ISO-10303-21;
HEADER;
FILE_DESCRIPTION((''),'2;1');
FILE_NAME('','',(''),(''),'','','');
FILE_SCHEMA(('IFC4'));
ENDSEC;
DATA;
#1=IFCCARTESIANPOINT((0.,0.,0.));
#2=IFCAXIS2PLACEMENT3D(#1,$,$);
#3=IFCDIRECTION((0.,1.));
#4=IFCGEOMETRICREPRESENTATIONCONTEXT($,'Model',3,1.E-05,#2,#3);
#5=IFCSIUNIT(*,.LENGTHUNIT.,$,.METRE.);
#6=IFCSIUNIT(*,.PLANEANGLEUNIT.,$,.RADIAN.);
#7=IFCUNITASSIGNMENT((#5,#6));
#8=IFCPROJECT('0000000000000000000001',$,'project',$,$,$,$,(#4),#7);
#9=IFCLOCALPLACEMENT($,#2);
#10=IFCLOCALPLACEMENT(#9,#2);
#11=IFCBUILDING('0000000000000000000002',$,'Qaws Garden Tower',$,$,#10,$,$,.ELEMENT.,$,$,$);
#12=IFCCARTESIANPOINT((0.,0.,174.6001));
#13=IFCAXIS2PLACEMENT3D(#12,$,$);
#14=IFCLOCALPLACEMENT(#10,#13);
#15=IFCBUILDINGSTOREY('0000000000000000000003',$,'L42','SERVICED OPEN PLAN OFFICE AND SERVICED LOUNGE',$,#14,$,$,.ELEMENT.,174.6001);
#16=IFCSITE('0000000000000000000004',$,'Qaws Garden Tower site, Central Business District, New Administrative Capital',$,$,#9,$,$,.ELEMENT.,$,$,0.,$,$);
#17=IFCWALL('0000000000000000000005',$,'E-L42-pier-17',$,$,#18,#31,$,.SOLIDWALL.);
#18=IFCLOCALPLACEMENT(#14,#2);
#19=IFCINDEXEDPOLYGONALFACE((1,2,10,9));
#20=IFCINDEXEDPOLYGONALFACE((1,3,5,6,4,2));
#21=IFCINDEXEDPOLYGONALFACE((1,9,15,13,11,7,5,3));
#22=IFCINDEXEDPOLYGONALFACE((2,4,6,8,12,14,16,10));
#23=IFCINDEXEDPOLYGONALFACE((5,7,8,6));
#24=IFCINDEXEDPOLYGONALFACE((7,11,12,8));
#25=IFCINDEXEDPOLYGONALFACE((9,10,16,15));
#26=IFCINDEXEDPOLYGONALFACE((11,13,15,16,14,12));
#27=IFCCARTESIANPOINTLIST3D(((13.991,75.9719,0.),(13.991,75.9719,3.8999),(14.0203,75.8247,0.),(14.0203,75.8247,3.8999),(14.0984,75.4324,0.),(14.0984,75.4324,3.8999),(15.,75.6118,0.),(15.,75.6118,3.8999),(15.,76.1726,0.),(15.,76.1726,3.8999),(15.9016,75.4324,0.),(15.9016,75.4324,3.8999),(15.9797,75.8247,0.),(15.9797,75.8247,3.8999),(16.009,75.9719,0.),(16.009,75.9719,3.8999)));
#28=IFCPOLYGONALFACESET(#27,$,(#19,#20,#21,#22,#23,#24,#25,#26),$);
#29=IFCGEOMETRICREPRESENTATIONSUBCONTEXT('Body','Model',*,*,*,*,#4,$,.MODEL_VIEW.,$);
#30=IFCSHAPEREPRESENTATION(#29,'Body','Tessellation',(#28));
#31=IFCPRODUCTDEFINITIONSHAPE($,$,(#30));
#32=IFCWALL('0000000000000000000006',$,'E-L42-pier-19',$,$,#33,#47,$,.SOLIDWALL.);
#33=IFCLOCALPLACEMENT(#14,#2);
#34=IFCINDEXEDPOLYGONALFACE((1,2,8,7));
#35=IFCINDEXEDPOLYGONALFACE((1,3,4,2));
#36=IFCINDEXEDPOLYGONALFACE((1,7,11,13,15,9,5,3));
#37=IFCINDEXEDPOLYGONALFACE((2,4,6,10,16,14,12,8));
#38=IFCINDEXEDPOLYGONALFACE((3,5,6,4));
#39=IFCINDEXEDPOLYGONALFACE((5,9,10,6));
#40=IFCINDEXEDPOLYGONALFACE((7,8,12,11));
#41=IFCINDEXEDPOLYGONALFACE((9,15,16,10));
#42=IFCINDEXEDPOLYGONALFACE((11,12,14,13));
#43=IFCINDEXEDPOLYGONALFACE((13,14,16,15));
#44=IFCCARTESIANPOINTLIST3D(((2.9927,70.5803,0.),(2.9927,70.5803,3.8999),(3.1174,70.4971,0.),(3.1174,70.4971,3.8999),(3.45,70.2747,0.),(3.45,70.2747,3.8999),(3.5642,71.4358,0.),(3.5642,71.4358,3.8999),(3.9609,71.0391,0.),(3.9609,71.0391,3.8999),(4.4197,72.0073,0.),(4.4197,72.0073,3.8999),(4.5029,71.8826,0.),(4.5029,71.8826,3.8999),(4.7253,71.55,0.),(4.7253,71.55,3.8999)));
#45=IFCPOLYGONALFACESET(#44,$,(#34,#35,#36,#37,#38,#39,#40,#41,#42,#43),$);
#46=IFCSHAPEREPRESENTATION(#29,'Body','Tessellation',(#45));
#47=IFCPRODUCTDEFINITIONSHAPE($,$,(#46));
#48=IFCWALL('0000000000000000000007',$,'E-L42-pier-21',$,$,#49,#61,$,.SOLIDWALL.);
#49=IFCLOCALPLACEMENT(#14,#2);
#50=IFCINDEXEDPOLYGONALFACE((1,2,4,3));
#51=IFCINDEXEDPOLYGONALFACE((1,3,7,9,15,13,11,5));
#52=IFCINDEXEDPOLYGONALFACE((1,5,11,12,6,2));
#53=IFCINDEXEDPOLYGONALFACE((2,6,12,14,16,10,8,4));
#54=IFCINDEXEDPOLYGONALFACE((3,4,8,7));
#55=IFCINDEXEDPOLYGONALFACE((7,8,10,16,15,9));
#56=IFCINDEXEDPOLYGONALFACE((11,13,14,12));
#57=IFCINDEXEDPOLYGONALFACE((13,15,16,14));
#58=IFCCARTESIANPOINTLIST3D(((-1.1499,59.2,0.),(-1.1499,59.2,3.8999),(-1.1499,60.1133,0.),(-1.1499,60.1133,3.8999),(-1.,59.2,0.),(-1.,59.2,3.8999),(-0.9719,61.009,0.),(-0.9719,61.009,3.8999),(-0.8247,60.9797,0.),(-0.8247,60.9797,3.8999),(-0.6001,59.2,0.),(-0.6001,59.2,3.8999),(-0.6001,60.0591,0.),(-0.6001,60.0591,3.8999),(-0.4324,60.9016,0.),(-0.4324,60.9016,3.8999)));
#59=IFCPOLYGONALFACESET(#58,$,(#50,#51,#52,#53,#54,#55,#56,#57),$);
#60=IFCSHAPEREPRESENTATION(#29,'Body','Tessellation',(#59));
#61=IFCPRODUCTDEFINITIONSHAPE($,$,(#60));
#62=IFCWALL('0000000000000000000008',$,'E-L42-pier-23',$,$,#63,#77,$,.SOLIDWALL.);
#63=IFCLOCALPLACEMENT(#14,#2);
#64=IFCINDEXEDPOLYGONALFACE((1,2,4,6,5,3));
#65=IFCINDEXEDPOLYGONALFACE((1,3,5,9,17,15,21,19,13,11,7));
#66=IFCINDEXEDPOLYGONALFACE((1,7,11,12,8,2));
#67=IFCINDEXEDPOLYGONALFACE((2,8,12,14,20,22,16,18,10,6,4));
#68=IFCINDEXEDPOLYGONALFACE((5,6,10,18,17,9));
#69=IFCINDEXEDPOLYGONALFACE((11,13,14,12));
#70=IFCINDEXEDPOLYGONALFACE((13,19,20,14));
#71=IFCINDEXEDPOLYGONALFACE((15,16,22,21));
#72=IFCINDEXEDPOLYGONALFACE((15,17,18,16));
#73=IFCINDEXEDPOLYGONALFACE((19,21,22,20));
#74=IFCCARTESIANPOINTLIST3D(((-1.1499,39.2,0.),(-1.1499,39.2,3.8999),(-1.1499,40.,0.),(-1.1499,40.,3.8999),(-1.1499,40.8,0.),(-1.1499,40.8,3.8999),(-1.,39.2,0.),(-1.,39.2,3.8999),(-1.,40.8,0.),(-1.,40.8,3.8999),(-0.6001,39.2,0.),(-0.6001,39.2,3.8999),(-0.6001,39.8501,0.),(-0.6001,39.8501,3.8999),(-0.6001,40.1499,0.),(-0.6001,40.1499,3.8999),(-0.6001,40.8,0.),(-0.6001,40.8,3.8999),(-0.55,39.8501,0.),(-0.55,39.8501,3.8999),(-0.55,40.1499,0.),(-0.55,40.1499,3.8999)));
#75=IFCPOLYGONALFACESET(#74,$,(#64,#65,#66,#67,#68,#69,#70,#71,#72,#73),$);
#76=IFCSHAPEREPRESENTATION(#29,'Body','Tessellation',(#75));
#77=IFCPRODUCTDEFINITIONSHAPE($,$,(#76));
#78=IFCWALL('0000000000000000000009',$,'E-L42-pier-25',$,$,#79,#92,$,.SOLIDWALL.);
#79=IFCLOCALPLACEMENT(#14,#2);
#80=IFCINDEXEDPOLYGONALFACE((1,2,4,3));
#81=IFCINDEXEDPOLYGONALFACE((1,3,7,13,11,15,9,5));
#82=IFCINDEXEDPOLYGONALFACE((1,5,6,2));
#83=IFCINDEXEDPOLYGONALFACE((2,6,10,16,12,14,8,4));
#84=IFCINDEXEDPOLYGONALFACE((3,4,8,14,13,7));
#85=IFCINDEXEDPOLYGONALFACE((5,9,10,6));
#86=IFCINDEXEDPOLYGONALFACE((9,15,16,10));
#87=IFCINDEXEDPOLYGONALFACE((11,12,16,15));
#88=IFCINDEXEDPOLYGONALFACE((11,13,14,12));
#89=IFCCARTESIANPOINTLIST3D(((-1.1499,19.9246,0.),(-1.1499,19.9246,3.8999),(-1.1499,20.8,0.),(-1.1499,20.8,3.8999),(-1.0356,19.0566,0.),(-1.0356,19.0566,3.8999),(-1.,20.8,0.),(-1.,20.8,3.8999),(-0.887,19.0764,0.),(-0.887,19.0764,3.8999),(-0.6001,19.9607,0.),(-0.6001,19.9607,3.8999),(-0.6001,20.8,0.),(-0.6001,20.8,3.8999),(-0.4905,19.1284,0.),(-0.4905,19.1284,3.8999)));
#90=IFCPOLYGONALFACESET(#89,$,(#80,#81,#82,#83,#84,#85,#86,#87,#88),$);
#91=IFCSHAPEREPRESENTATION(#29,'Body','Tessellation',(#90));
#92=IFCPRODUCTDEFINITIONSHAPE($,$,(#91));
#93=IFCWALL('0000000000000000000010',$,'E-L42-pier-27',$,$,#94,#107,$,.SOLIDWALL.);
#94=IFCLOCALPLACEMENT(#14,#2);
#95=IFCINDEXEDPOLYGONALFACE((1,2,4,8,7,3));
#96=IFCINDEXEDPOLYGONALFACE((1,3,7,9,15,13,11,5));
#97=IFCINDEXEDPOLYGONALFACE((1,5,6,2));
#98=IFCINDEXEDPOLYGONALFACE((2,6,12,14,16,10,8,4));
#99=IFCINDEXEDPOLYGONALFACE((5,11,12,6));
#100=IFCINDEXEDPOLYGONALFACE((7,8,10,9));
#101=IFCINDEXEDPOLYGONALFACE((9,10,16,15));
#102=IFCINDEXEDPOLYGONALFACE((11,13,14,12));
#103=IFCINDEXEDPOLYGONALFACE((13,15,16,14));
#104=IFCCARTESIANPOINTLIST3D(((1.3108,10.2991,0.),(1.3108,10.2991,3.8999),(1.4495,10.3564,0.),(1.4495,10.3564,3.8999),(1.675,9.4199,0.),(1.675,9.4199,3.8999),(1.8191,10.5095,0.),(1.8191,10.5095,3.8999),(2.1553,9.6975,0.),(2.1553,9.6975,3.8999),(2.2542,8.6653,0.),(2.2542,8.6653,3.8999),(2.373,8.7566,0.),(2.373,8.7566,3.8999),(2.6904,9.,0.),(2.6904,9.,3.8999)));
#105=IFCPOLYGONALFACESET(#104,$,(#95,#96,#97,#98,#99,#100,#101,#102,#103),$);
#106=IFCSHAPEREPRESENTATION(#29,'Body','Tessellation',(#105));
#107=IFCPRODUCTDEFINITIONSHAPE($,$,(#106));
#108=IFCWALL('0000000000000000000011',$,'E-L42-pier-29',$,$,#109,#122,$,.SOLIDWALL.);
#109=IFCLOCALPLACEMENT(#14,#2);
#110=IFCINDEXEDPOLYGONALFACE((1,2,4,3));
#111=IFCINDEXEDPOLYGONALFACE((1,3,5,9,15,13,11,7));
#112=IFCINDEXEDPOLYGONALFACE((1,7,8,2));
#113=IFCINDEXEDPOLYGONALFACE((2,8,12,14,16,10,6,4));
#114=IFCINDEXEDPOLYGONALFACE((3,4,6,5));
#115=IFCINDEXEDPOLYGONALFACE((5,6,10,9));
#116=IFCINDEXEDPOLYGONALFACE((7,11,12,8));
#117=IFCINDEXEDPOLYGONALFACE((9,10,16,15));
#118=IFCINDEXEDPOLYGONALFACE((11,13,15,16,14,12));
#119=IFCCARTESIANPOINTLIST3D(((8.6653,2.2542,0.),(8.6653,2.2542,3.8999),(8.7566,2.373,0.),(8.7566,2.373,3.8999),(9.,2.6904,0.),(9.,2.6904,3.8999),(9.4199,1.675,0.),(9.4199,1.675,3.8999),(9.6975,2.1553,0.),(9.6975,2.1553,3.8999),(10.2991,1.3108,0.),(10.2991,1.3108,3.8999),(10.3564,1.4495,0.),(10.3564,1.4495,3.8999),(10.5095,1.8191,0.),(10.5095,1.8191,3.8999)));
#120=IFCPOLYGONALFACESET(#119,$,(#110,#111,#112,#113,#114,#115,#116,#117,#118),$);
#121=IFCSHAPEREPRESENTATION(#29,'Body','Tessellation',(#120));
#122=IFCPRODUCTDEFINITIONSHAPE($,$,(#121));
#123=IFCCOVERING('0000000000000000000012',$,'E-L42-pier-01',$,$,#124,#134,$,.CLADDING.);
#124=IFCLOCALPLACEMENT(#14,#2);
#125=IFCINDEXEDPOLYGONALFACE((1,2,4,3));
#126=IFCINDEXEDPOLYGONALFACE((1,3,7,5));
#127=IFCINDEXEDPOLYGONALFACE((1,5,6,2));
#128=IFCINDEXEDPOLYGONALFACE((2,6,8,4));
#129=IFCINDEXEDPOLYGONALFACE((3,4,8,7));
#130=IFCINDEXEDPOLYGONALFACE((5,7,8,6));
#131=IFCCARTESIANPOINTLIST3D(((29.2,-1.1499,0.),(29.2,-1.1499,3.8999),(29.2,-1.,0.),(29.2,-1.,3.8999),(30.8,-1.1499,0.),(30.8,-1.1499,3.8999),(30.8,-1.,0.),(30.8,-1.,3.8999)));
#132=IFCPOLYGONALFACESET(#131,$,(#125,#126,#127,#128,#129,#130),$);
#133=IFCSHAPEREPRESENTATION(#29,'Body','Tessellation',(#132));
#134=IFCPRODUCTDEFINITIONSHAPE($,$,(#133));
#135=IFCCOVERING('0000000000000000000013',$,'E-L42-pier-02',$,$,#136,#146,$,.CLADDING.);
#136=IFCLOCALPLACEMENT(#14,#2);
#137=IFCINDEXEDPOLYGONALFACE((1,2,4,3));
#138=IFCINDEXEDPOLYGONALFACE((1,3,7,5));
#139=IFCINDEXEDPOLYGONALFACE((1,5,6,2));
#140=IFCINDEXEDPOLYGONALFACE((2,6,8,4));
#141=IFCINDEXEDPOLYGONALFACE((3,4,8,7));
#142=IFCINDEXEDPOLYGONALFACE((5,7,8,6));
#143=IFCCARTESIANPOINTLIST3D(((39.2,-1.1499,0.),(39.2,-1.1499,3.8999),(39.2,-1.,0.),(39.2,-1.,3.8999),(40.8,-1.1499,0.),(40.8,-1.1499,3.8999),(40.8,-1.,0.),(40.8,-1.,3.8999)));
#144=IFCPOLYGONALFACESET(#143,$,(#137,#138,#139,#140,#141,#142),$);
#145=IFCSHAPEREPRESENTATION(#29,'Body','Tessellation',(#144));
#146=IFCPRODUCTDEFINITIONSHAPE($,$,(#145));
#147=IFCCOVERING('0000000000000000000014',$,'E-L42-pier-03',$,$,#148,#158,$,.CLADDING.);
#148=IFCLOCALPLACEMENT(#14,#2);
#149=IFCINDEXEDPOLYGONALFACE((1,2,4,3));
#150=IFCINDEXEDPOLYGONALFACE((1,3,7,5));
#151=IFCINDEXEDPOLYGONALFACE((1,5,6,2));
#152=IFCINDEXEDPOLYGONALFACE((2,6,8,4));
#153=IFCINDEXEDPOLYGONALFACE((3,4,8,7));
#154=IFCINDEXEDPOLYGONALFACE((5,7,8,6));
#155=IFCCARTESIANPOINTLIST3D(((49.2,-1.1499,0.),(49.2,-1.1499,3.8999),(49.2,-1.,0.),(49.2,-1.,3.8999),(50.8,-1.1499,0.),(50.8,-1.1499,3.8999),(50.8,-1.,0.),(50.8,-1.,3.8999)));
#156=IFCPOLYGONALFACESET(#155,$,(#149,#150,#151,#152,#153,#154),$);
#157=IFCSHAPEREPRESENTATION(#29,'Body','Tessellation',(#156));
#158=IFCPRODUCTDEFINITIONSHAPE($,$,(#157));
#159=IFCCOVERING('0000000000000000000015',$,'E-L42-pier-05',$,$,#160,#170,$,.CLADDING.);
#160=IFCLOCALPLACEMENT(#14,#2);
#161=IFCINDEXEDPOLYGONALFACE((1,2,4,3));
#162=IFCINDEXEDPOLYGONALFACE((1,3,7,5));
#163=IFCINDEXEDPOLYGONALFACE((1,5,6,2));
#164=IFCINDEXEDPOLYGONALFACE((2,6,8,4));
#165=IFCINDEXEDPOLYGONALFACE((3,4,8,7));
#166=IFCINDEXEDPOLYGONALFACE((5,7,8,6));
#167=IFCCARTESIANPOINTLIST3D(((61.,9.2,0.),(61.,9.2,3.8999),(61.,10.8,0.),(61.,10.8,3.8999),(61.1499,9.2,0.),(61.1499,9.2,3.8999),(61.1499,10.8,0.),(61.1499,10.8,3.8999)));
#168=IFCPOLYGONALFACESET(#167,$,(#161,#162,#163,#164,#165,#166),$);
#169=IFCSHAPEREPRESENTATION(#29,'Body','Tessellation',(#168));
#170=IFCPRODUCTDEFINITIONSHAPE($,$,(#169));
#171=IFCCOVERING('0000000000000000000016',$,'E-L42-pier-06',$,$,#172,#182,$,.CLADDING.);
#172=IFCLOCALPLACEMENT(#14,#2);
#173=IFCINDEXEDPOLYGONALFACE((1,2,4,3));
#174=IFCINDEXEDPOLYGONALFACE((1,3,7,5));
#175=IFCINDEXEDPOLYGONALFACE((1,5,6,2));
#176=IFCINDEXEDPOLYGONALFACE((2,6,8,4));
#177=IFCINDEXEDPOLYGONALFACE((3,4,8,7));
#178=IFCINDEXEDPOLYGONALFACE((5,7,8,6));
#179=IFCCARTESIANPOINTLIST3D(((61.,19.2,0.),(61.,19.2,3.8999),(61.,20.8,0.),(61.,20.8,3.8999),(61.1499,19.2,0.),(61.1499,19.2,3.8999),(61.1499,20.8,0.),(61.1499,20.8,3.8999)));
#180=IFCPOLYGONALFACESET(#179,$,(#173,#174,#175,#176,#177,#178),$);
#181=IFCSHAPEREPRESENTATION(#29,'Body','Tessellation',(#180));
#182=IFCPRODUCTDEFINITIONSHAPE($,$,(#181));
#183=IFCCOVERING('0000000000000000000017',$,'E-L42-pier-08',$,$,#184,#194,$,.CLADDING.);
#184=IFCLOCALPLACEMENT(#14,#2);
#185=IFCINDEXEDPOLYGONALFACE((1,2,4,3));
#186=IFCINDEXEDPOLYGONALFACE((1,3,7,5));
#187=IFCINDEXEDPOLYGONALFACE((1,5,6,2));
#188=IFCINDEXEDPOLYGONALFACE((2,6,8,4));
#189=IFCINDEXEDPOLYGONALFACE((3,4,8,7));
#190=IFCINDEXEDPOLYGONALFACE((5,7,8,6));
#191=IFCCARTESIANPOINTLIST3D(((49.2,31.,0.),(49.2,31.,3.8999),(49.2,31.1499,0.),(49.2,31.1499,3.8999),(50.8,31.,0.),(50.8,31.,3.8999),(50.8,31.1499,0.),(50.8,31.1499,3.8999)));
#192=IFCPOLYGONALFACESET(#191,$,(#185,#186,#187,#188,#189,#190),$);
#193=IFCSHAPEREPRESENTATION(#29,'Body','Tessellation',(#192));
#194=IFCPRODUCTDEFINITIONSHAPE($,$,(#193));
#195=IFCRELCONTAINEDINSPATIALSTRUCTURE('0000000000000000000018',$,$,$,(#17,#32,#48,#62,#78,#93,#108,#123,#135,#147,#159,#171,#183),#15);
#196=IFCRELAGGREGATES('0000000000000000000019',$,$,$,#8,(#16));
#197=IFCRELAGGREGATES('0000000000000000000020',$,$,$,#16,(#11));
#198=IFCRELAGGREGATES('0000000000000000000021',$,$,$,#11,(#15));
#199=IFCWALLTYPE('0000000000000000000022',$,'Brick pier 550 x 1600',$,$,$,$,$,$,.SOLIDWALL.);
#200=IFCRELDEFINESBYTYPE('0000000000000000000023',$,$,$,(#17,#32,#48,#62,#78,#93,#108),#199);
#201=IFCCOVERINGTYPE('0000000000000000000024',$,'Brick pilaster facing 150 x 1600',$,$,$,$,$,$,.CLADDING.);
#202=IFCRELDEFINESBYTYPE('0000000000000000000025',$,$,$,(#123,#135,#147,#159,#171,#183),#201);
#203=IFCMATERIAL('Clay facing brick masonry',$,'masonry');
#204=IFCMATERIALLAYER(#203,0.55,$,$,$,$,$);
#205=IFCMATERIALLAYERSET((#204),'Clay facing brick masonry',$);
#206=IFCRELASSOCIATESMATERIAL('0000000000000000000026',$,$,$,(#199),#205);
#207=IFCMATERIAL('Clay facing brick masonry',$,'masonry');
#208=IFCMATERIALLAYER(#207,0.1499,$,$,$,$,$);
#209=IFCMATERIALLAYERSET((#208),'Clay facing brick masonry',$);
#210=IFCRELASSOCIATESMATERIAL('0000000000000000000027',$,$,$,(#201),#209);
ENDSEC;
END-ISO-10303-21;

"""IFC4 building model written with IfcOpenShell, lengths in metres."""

from ifc_helpers import new_model, si_unit, direction, frame, origin, place, context, subcontext, project, spatial, polyline, outline, extrude, material, layer, layer_set, type_object, element, save


model = new_model("IFC4")

# Units and contexts
model_context = context("Model", 3, precision=1e-05, world=origin(), true_north=direction((0.0, 1.0)))
body_context = subcontext(model_context, "Body", "Model", "MODEL_VIEW")
ifc_project = project(units=[si_unit("LENGTHUNIT", "METRE"), si_unit("PLANEANGLEUNIT", "RADIAN")], contexts=[model_context])

# Site, building, storey
site_placement = place(None, origin())
site = spatial("IfcSite", under=ifc_project, at=site_placement, Name="Qaws Garden Tower site, Central Business District, New Administrative Capital", CompositionType="ELEMENT", RefElevation=0.0)
building_placement = place(site_placement, origin())
building = spatial("IfcBuilding", under=site, at=building_placement, Name="Qaws Garden Tower", CompositionType="ELEMENT")
storey_placement = place(building_placement, frame((0.0, 0.0, 174.6001)))
storey = spatial("IfcBuildingStorey", under=building, at=storey_placement, Name="L42", Description="SERVICED OPEN PLAN OFFICE AND SERVICED LOUNGE", CompositionType="ELEMENT", Elevation=174.6001)

# Walls
placement = place(storey_placement, origin())
ifc_material_1 = material(Name="Clay facing brick masonry", Category="masonry")
ifc_layer_1 = layer(ifc_material_1, 0.55)
ifc_layer_set_1 = layer_set([ifc_layer_1], Name="Clay facing brick masonry")
wall_type_1 = type_object("IfcWallType", Name="Brick pier 550 x 1600", PredefinedType="SOLIDWALL", material=ifc_layer_set_1)
element("IfcWall", 1, at=placement, inside=storey, type_object=wall_type_1, Name="E-L42-pier-17", PredefinedType="SOLIDWALL", context=body_context, shape_type="SweptSolid", body=[
    extrude(outline(polyline([(15.9797, 75.8247), (16.009, 75.9719), (15.0, 76.1726), (13.991, 75.9719), (14.0203, 75.8247), (14.0984, 75.4324), (15.0, 75.6118), (15.9016, 75.4324), (15.9797, 75.8247)])), origin(), (0.0, 0.0, 1.0), 3.8999),
])
element("IfcWall", 2, at=placement, inside=storey, type_object=wall_type_1, Name="E-L42-pier-19", PredefinedType="SOLIDWALL", context=body_context, shape_type="SweptSolid", body=[
    extrude(outline(polyline([(4.5029, 71.8826), (4.4197, 72.0073), (3.5642, 71.4358), (2.9927, 70.5803), (3.1174, 70.4971), (3.45, 70.2747), (3.9609, 71.0391), (4.7253, 71.55), (4.5029, 71.8826)])), origin(), (0.0, 0.0, 1.0), 3.8999),
])
element("IfcWall", 3, at=placement, inside=storey, type_object=wall_type_1, Name="E-L42-pier-21", PredefinedType="SOLIDWALL", context=body_context, shape_type="SweptSolid", body=[
    extrude(outline(polyline([(-0.8247, 60.9797), (-0.9719, 61.009), (-1.1499, 60.1133), (-1.1499, 59.2), (-1.0, 59.2), (-0.6001, 59.2), (-0.6001, 60.0591), (-0.4324, 60.9016), (-0.8247, 60.9797)])), origin(), (0.0, 0.0, 1.0), 3.8999),
])
element("IfcWall", 4, at=placement, inside=storey, type_object=wall_type_1, Name="E-L42-pier-23", PredefinedType="SOLIDWALL", context=body_context, shape_type="SweptSolid", body=[
    extrude(outline(polyline([(-0.6001, 39.2), (-0.6001, 39.8501), (-0.55, 39.8501), (-0.55, 40.1499), (-0.6001, 40.1499), (-0.6001, 40.8), (-1.0, 40.8), (-1.1499, 40.8), (-1.1499, 40.0), (-1.1499, 39.2), (-1.0, 39.2), (-0.6001, 39.2)])), origin(), (0.0, 0.0, 1.0), 3.8999),
])
element("IfcWall", 5, at=placement, inside=storey, type_object=wall_type_1, Name="E-L42-pier-25", PredefinedType="SOLIDWALL", context=body_context, shape_type="SweptSolid", body=[
    extrude(outline(polyline([(-1.0, 20.8), (-1.1499, 20.8), (-1.1499, 19.9246), (-1.0356, 19.0566), (-0.887, 19.0764), (-0.4905, 19.1284), (-0.6001, 19.9607), (-0.6001, 20.8), (-1.0, 20.8)])), origin(), (0.0, 0.0, 1.0), 3.8999),
])
element("IfcWall", 6, at=placement, inside=storey, type_object=wall_type_1, Name="E-L42-pier-27", PredefinedType="SOLIDWALL", context=body_context, shape_type="SweptSolid", body=[
    extrude(outline(polyline([(1.4495, 10.3564), (1.3108, 10.2991), (1.675, 9.4199), (2.2542, 8.6653), (2.373, 8.7566), (2.6904, 9.0), (2.1553, 9.6975), (1.8191, 10.5095), (1.4495, 10.3564)])), origin(), (0.0, 0.0, 1.0), 3.8999),
])
element("IfcWall", 7, at=placement, inside=storey, type_object=wall_type_1, Name="E-L42-pier-29", PredefinedType="SOLIDWALL", context=body_context, shape_type="SweptSolid", body=[
    extrude(outline(polyline([(8.7566, 2.373), (8.6653, 2.2542), (9.4199, 1.675), (10.2991, 1.3108), (10.3564, 1.4495), (10.5095, 1.8191), (9.6975, 2.1553), (9.0, 2.6904), (8.7566, 2.373)])), origin(), (0.0, 0.0, 1.0), 3.8999),
])

# Coverings
ifc_material_2 = material(Name="Clay facing brick masonry", Category="masonry")
ifc_layer_2 = layer(ifc_material_2, 0.1499)
ifc_layer_set_2 = layer_set([ifc_layer_2], Name="Clay facing brick masonry")
covering_type = type_object("IfcCoveringType", Name="Brick pilaster facing 150 x 1600", PredefinedType="CLADDING", material=ifc_layer_set_2)
element("IfcCovering", 8, at=placement, inside=storey, type_object=covering_type, Name="E-L42-pier-01", PredefinedType="CLADDING", context=body_context, shape_type="SweptSolid", body=[
    extrude(outline(polyline([(29.2, -1.0), (30.8, -1.0), (30.8, -1.1499), (29.2, -1.1499), (29.2, -1.0)])), origin(), (0.0, 0.0, 1.0), 3.8999),
])
element("IfcCovering", 9, at=placement, inside=storey, type_object=covering_type, Name="E-L42-pier-02", PredefinedType="CLADDING", context=body_context, shape_type="SweptSolid", body=[
    extrude(outline(polyline([(39.2, -1.0), (40.8, -1.0), (40.8, -1.1499), (39.2, -1.1499), (39.2, -1.0)])), origin(), (0.0, 0.0, 1.0), 3.8999),
])
element("IfcCovering", 10, at=placement, inside=storey, type_object=covering_type, Name="E-L42-pier-03", PredefinedType="CLADDING", context=body_context, shape_type="SweptSolid", body=[
    extrude(outline(polyline([(49.2, -1.0), (50.8, -1.0), (50.8, -1.1499), (49.2, -1.1499), (49.2, -1.0)])), origin(), (0.0, 0.0, 1.0), 3.8999),
])
element("IfcCovering", 11, at=placement, inside=storey, type_object=covering_type, Name="E-L42-pier-05", PredefinedType="CLADDING", context=body_context, shape_type="SweptSolid", body=[
    extrude(outline(polyline([(61.0, 9.2), (61.0, 10.8), (61.1499, 10.8), (61.1499, 9.2), (61.0, 9.2)])), origin(), (0.0, 0.0, 1.0), 3.8999),
])
element("IfcCovering", 12, at=placement, inside=storey, type_object=covering_type, Name="E-L42-pier-06", PredefinedType="CLADDING", context=body_context, shape_type="SweptSolid", body=[
    extrude(outline(polyline([(61.0, 19.2), (61.0, 20.8), (61.1499, 20.8), (61.1499, 19.2), (61.0, 19.2)])), origin(), (0.0, 0.0, 1.0), 3.8999),
])
element("IfcCovering", 13, at=placement, inside=storey, type_object=covering_type, Name="E-L42-pier-08", PredefinedType="CLADDING", context=body_context, shape_type="SweptSolid", body=[
    extrude(outline(polyline([(50.8, 31.0), (49.2, 31.0), (49.2, 31.1499), (50.8, 31.1499), (50.8, 31.0)])), origin(), (0.0, 0.0, 1.0), 3.8999),
])

save(model, "model.ifc")
